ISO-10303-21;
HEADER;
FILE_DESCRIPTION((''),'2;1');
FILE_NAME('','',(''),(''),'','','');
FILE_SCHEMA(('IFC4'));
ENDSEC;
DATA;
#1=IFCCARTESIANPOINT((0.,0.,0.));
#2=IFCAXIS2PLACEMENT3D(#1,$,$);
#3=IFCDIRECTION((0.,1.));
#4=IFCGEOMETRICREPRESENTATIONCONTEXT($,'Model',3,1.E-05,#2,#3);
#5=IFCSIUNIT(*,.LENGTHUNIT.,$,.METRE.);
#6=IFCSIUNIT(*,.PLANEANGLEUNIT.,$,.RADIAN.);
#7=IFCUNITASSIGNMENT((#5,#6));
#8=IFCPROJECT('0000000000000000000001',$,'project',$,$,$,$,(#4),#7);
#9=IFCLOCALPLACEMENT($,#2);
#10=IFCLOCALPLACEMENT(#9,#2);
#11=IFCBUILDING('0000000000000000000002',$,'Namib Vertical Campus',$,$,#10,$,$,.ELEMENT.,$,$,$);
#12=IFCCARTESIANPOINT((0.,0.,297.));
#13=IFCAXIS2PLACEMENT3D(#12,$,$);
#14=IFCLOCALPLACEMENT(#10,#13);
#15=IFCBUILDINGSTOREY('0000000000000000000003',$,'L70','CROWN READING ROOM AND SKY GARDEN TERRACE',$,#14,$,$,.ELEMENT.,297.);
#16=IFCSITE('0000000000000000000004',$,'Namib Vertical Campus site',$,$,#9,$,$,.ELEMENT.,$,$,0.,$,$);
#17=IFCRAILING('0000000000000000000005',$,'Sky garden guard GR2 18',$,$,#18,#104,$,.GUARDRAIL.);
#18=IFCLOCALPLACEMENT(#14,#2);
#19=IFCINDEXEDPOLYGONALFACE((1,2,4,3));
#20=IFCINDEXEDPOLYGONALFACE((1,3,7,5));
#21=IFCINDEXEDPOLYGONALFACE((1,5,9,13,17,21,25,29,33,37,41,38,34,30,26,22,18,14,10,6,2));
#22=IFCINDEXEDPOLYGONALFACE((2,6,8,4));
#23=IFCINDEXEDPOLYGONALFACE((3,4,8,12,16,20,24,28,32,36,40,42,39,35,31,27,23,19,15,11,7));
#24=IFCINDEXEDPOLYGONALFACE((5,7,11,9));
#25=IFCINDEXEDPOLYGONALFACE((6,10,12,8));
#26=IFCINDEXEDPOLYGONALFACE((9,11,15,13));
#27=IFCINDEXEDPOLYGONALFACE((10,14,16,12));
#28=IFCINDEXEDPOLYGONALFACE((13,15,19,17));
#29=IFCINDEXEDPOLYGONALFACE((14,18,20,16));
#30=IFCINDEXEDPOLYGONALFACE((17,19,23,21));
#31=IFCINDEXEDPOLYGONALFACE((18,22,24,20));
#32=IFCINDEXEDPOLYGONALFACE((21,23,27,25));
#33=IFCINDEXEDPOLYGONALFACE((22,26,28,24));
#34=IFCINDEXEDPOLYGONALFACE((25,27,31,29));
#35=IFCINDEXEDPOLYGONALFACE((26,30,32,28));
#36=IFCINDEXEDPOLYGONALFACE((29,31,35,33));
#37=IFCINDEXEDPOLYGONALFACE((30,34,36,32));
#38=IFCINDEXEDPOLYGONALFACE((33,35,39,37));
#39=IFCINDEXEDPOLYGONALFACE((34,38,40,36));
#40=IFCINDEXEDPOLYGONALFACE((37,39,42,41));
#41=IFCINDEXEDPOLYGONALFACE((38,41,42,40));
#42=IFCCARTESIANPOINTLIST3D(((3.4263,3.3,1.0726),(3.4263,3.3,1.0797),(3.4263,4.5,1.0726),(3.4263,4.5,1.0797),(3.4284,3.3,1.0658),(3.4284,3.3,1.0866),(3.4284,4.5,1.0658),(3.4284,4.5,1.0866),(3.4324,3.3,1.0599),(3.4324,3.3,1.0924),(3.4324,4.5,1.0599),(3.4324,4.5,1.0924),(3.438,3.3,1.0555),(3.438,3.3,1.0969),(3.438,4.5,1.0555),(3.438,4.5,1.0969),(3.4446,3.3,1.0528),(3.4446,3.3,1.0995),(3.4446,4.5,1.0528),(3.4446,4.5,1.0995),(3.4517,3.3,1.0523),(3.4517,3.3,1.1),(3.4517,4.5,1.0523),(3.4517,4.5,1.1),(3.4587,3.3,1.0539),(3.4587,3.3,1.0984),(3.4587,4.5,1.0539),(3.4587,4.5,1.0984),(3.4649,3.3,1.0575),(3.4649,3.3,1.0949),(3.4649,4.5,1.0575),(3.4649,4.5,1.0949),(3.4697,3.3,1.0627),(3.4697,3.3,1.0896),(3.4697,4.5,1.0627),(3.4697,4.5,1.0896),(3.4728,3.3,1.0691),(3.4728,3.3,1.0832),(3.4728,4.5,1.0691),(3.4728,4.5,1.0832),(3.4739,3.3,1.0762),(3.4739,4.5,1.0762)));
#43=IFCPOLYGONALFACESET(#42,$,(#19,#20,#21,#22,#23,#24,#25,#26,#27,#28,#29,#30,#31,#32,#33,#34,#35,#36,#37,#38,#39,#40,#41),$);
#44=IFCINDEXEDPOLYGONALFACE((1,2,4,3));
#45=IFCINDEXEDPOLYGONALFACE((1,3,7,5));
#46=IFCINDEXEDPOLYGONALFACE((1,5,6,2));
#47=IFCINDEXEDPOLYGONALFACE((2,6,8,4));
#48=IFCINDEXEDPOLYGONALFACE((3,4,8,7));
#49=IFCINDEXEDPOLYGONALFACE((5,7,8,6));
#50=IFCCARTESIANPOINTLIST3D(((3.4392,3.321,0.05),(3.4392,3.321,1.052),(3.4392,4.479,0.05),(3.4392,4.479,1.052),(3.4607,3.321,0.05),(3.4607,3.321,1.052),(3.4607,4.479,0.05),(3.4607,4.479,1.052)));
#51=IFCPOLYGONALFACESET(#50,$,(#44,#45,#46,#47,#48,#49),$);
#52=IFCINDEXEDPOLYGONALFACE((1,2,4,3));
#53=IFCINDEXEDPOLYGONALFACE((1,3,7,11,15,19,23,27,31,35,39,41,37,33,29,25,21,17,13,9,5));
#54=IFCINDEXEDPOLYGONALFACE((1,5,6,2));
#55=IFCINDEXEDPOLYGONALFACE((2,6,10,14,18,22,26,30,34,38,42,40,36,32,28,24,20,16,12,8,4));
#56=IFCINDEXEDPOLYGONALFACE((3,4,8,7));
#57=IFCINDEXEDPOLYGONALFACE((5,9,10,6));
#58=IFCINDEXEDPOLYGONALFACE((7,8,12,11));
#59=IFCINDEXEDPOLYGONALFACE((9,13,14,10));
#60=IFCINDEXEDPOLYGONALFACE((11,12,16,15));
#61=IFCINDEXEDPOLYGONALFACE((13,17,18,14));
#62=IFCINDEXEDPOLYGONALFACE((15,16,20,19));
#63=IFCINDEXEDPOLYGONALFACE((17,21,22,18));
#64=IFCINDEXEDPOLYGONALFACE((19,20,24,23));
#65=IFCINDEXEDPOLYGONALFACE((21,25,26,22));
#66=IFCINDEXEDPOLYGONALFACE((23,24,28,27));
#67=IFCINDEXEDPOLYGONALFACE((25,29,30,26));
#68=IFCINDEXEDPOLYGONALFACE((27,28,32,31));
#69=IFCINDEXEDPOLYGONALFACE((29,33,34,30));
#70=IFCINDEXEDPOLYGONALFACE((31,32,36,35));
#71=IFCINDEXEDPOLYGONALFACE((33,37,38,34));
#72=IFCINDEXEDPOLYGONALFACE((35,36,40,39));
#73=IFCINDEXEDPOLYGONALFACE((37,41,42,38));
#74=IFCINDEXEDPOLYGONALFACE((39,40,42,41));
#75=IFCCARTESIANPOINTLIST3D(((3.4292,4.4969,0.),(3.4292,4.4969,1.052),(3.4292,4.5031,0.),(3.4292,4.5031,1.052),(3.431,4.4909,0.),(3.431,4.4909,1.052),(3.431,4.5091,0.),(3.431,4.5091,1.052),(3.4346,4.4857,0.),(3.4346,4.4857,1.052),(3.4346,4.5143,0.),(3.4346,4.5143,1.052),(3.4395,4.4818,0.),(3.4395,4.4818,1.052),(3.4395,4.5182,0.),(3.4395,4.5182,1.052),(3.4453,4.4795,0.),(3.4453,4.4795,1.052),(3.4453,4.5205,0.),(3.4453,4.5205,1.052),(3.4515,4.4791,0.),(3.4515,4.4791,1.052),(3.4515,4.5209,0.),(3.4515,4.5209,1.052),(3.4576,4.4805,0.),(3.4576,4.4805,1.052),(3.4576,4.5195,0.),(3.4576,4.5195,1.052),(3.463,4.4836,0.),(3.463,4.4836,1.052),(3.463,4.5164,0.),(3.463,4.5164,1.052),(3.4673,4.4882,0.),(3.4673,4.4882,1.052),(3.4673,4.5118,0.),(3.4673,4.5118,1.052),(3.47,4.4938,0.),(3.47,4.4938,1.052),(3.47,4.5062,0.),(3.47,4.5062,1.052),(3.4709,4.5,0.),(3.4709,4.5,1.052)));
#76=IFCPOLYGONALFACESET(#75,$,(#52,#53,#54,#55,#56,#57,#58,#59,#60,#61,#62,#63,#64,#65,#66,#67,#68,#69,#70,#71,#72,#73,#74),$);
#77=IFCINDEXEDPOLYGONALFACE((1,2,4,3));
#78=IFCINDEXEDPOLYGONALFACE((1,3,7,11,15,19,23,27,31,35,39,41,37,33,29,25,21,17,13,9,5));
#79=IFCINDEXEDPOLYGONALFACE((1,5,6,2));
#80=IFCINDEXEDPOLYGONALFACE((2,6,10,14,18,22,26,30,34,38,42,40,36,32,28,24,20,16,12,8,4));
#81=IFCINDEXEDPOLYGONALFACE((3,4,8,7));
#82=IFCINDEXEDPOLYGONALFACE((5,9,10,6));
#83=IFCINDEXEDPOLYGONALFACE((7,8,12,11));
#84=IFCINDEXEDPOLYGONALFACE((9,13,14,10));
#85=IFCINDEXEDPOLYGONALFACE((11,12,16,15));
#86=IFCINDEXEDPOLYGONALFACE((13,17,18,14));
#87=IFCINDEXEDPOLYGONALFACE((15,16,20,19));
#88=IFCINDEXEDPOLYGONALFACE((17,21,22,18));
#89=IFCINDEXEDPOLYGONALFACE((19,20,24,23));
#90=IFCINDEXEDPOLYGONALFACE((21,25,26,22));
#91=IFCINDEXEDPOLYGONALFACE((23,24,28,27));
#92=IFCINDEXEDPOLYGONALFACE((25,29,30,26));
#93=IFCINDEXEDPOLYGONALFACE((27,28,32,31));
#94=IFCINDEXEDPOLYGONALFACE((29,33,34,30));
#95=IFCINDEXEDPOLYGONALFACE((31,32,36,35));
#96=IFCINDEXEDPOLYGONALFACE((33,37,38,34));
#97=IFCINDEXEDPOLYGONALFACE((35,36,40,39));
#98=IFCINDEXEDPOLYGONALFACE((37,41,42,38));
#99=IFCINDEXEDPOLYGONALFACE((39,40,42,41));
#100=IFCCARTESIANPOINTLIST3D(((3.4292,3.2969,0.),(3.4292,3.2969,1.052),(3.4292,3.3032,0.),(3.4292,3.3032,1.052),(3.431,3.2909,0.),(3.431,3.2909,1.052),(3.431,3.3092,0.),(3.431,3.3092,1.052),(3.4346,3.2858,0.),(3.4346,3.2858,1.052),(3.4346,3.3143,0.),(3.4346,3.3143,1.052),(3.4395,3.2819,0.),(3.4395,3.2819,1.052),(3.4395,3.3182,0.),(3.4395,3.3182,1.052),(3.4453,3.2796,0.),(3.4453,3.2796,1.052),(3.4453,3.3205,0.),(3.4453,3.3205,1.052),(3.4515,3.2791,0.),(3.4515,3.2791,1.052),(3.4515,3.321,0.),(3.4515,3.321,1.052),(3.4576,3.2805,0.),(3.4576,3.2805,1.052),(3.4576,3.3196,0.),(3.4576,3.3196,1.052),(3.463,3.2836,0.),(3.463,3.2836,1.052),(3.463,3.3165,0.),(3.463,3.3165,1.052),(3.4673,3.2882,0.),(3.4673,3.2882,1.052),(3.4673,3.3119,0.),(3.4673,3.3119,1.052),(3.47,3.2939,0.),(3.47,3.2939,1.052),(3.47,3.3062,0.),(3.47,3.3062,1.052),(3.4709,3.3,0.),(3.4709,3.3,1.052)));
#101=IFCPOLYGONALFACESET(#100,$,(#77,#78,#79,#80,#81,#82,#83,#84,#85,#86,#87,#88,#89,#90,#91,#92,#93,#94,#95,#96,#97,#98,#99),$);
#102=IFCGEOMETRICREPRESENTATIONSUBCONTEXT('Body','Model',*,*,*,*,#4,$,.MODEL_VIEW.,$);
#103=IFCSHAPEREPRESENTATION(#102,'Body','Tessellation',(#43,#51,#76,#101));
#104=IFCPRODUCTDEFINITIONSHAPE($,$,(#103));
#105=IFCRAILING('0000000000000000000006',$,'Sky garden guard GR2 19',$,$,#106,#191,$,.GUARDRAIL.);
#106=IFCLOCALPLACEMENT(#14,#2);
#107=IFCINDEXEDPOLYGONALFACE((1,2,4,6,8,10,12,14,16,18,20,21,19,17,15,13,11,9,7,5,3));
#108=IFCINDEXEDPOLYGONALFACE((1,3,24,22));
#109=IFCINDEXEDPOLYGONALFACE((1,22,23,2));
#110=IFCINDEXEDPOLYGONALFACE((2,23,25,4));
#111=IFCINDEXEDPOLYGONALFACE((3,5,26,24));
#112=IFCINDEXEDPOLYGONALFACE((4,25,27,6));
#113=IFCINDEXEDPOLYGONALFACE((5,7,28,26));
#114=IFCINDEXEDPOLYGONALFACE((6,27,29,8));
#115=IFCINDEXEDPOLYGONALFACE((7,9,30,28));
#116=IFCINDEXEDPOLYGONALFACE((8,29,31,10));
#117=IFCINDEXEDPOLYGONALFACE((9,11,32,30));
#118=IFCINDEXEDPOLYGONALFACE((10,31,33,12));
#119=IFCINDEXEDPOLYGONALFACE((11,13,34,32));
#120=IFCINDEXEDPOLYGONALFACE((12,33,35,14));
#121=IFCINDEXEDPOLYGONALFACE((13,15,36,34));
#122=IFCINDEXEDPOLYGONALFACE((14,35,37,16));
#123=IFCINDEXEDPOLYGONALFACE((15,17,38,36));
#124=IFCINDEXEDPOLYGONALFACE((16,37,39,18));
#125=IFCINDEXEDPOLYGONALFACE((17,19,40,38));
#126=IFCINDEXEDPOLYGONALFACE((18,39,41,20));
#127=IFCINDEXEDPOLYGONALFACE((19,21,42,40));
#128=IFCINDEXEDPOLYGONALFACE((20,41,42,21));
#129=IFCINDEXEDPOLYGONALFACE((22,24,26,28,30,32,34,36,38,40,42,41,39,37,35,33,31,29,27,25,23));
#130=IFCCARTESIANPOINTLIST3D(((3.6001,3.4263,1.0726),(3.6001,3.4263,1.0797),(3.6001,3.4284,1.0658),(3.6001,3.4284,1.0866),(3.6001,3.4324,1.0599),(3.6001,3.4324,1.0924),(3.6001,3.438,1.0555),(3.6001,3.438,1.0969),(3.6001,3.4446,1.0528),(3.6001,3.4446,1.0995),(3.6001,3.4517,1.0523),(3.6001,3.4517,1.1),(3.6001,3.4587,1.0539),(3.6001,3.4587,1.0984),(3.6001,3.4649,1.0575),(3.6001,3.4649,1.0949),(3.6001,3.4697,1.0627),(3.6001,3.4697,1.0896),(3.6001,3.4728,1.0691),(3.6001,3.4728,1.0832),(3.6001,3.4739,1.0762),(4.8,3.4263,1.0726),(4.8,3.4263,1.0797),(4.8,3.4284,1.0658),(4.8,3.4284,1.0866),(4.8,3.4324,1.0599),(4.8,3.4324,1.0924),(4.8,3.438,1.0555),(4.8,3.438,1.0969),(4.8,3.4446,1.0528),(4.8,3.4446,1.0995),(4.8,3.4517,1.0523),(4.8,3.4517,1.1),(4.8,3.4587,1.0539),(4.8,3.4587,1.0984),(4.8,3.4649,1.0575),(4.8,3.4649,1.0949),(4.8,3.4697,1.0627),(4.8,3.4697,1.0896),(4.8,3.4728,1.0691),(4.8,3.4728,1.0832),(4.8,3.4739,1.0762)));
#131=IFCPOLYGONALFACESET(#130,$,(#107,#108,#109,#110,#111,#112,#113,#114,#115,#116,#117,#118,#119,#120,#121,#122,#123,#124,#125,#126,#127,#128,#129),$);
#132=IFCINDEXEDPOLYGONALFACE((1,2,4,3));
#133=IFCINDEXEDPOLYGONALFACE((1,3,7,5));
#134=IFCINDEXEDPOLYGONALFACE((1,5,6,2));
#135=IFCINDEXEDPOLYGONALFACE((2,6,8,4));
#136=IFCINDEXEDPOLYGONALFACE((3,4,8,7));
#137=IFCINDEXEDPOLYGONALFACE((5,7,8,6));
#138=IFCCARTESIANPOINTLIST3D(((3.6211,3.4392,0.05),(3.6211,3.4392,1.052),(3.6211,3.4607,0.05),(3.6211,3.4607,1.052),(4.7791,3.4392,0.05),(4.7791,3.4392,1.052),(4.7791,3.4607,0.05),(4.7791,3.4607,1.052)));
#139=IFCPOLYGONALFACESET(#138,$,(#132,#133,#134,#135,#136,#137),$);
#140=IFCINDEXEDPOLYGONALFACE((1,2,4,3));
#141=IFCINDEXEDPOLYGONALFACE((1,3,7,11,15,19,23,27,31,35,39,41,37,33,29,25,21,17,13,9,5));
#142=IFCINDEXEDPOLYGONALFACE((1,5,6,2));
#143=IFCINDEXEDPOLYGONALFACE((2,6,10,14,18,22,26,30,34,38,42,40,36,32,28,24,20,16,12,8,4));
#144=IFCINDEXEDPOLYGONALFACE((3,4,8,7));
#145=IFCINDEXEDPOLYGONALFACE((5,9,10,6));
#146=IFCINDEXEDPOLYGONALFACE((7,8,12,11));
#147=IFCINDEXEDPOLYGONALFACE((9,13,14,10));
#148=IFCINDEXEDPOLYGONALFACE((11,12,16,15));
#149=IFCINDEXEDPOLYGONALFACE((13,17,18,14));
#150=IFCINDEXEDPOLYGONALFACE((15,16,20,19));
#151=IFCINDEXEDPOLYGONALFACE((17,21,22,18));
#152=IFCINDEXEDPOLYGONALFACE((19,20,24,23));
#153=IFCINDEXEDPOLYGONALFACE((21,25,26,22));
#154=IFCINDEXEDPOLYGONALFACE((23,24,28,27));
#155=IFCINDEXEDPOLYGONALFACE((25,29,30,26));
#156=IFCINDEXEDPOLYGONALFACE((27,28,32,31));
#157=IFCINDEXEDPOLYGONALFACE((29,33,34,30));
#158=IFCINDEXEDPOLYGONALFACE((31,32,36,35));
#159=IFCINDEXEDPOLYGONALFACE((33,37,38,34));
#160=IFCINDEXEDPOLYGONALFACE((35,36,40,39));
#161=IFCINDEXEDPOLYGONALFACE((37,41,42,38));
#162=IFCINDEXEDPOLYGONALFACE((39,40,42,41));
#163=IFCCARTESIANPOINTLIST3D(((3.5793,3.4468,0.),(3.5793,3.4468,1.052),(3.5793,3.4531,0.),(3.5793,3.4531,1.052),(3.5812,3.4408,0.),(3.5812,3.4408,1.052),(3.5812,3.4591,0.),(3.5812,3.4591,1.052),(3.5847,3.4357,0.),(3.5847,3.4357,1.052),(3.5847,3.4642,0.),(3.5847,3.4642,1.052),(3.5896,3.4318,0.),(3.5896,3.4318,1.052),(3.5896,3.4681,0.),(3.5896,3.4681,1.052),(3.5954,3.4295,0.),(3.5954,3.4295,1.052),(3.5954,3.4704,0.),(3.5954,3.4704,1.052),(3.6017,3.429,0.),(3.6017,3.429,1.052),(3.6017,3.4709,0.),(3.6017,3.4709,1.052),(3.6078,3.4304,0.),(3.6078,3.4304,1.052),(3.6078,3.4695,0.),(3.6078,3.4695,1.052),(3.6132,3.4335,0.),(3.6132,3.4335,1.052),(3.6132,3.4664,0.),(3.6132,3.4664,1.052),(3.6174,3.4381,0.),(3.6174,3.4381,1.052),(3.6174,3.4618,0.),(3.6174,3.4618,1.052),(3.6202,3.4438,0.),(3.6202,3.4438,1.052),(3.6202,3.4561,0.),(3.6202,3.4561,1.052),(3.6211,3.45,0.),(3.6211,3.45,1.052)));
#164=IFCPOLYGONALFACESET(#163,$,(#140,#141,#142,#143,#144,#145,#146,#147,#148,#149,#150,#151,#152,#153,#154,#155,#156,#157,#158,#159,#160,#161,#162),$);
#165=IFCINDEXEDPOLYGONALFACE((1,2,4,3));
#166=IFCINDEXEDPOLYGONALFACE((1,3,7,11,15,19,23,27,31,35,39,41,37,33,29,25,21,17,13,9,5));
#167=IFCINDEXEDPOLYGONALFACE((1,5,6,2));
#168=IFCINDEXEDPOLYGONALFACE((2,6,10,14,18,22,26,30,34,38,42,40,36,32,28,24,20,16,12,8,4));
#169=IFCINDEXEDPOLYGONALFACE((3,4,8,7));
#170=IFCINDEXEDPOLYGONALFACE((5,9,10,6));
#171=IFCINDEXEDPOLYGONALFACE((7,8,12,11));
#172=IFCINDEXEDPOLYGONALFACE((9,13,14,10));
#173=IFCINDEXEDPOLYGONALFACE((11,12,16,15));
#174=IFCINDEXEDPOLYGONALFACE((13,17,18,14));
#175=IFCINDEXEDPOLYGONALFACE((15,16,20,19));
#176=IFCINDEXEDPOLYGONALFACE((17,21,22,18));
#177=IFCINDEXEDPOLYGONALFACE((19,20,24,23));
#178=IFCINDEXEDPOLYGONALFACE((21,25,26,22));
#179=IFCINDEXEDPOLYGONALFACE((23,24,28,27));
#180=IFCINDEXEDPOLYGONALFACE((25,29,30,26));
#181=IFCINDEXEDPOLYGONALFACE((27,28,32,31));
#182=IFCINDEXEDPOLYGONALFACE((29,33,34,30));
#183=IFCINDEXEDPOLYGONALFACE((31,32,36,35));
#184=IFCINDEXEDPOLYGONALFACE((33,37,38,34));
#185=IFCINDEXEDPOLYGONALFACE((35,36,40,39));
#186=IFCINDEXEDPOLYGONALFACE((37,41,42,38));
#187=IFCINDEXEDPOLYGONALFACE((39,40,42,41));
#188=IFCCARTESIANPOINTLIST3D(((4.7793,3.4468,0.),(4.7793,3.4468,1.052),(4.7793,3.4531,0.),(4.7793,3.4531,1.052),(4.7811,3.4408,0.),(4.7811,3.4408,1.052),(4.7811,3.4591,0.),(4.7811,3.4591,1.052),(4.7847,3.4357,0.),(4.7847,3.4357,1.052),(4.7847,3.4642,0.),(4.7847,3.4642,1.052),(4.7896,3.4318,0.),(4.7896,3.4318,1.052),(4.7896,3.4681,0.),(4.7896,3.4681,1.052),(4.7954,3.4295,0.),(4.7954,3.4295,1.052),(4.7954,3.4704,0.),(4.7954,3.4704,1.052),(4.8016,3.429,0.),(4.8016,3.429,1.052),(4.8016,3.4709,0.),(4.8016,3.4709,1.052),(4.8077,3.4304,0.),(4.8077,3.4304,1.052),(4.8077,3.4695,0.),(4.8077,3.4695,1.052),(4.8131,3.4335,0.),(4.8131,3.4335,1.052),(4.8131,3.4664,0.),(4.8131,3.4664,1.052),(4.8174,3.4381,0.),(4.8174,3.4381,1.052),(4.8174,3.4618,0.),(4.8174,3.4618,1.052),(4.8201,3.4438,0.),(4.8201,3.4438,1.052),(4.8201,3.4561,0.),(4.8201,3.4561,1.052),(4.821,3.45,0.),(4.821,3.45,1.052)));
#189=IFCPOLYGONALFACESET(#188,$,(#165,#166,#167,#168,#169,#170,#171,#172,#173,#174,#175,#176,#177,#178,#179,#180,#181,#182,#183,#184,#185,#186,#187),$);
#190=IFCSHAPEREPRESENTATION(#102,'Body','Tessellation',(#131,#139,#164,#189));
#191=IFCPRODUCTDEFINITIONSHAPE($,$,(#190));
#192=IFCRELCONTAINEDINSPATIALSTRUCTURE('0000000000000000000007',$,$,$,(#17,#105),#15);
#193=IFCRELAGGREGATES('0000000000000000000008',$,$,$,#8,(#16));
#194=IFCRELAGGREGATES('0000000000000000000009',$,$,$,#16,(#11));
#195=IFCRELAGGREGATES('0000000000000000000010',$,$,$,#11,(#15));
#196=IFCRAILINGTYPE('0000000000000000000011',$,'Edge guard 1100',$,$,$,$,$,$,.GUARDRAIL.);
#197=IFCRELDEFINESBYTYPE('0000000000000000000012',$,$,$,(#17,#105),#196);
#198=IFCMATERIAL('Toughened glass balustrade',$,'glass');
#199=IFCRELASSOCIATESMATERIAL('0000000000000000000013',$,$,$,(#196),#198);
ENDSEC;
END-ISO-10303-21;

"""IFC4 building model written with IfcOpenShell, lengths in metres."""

from ifc_helpers import new_model, si_unit, direction, frame, origin, origin_2d, place, context, subcontext, project, spatial, polyline, circle, outline, extrude, material, type_object, element, save


model = new_model("IFC4")

# Units and contexts
model_context = context("Model", 3, precision=1e-05, world=origin(), true_north=direction((0.0, 1.0)))
body_context = subcontext(model_context, "Body", "Model", "MODEL_VIEW")
ifc_project = project(units=[si_unit("LENGTHUNIT", "METRE"), si_unit("PLANEANGLEUNIT", "RADIAN")], contexts=[model_context])

# Site, building, storey
site_placement = place(None, origin())
site = spatial("IfcSite", under=ifc_project, at=site_placement, Name="Namib Vertical Campus site", CompositionType="ELEMENT", RefElevation=0.0)
building_placement = place(site_placement, origin())
building = spatial("IfcBuilding", under=site, at=building_placement, Name="Namib Vertical Campus", CompositionType="ELEMENT")
storey_placement = place(building_placement, frame((0.0, 0.0, 297.0)))
storey = spatial("IfcBuildingStorey", under=building, at=storey_placement, Name="L70", Description="CROWN READING ROOM AND SKY GARDEN TERRACE", CompositionType="ELEMENT", Elevation=297.0)

# Railings
ifc_material_1 = material(Name="Toughened glass balustrade", Category="glass")
railing_type = type_object("IfcRailingType", Name="Edge guard 1100", PredefinedType="GUARDRAIL", material=ifc_material_1)
railing_1_placement = place(storey_placement, frame((3.45, 4.5, 0.0)))
element("IfcRailing", 1, at=railing_1_placement, inside=storey, type_object=railing_type, Name="Sky garden guard GR2 18", PredefinedType="GUARDRAIL", context=body_context, shape_type="SweptSolid", body=[
    extrude(circle(Radius=0.0239, at=origin_2d()), frame((0.0, 0.0, 1.0762), z_axis=(0.0, -1.0, 0.0), x_axis=(1.0, 0.0, 0.0)), (0.0, 0.0, 1.0), 1.2),
    extrude(outline(polyline([(0.021, 0.05), (1.179, 0.05), (1.179, 1.052), (0.021, 1.052), (0.021, 0.05)])), frame((0.0107, 0.0, 0.0), z_axis=(-1.0, 0.0, 0.0), x_axis=(0.0, -1.0, 0.0)), (0.0, 0.0, 1.0), 0.0215),
    extrude(circle(Radius=0.021, at=origin_2d()), origin(), (0.0, 0.0, 1.0), 1.052),
    extrude(circle(Radius=0.021, at=origin_2d()), frame((0.0, -1.2, 0.0)), (0.0, 0.0, 1.0), 1.052),
])
railing_2_placement = place(storey_placement, frame((3.6001, 3.45, 0.0)))
element("IfcRailing", 2, at=railing_2_placement, inside=storey, type_object=railing_type, Name="Sky garden guard GR2 19", PredefinedType="GUARDRAIL", context=body_context, shape_type="SweptSolid", body=[
    extrude(circle(Radius=0.0239, at=origin_2d()), frame((0.0, 0.0, 1.0762), z_axis=(1.0, 0.0, 0.0), x_axis=(0.0, 1.0, 0.0)), (0.0, 0.0, 1.0), 1.2),
    extrude(outline(polyline([(0.021, 0.05), (1.179, 0.05), (1.179, 1.052), (0.021, 1.052), (0.021, 0.05)])), frame((0.0, 0.0107, 0.0), z_axis=(0.0, -1.0, 0.0), x_axis=(1.0, 0.0, 0.0)), (0.0, 0.0, 1.0), 0.0215),
    extrude(circle(Radius=0.021, at=origin_2d()), origin(), (0.0, 0.0, 1.0), 1.052),
    extrude(circle(Radius=0.021, at=origin_2d()), frame((1.2, 0.0, 0.0)), (0.0, 0.0, 1.0), 1.052),
])

save(model, "model.ifc")
